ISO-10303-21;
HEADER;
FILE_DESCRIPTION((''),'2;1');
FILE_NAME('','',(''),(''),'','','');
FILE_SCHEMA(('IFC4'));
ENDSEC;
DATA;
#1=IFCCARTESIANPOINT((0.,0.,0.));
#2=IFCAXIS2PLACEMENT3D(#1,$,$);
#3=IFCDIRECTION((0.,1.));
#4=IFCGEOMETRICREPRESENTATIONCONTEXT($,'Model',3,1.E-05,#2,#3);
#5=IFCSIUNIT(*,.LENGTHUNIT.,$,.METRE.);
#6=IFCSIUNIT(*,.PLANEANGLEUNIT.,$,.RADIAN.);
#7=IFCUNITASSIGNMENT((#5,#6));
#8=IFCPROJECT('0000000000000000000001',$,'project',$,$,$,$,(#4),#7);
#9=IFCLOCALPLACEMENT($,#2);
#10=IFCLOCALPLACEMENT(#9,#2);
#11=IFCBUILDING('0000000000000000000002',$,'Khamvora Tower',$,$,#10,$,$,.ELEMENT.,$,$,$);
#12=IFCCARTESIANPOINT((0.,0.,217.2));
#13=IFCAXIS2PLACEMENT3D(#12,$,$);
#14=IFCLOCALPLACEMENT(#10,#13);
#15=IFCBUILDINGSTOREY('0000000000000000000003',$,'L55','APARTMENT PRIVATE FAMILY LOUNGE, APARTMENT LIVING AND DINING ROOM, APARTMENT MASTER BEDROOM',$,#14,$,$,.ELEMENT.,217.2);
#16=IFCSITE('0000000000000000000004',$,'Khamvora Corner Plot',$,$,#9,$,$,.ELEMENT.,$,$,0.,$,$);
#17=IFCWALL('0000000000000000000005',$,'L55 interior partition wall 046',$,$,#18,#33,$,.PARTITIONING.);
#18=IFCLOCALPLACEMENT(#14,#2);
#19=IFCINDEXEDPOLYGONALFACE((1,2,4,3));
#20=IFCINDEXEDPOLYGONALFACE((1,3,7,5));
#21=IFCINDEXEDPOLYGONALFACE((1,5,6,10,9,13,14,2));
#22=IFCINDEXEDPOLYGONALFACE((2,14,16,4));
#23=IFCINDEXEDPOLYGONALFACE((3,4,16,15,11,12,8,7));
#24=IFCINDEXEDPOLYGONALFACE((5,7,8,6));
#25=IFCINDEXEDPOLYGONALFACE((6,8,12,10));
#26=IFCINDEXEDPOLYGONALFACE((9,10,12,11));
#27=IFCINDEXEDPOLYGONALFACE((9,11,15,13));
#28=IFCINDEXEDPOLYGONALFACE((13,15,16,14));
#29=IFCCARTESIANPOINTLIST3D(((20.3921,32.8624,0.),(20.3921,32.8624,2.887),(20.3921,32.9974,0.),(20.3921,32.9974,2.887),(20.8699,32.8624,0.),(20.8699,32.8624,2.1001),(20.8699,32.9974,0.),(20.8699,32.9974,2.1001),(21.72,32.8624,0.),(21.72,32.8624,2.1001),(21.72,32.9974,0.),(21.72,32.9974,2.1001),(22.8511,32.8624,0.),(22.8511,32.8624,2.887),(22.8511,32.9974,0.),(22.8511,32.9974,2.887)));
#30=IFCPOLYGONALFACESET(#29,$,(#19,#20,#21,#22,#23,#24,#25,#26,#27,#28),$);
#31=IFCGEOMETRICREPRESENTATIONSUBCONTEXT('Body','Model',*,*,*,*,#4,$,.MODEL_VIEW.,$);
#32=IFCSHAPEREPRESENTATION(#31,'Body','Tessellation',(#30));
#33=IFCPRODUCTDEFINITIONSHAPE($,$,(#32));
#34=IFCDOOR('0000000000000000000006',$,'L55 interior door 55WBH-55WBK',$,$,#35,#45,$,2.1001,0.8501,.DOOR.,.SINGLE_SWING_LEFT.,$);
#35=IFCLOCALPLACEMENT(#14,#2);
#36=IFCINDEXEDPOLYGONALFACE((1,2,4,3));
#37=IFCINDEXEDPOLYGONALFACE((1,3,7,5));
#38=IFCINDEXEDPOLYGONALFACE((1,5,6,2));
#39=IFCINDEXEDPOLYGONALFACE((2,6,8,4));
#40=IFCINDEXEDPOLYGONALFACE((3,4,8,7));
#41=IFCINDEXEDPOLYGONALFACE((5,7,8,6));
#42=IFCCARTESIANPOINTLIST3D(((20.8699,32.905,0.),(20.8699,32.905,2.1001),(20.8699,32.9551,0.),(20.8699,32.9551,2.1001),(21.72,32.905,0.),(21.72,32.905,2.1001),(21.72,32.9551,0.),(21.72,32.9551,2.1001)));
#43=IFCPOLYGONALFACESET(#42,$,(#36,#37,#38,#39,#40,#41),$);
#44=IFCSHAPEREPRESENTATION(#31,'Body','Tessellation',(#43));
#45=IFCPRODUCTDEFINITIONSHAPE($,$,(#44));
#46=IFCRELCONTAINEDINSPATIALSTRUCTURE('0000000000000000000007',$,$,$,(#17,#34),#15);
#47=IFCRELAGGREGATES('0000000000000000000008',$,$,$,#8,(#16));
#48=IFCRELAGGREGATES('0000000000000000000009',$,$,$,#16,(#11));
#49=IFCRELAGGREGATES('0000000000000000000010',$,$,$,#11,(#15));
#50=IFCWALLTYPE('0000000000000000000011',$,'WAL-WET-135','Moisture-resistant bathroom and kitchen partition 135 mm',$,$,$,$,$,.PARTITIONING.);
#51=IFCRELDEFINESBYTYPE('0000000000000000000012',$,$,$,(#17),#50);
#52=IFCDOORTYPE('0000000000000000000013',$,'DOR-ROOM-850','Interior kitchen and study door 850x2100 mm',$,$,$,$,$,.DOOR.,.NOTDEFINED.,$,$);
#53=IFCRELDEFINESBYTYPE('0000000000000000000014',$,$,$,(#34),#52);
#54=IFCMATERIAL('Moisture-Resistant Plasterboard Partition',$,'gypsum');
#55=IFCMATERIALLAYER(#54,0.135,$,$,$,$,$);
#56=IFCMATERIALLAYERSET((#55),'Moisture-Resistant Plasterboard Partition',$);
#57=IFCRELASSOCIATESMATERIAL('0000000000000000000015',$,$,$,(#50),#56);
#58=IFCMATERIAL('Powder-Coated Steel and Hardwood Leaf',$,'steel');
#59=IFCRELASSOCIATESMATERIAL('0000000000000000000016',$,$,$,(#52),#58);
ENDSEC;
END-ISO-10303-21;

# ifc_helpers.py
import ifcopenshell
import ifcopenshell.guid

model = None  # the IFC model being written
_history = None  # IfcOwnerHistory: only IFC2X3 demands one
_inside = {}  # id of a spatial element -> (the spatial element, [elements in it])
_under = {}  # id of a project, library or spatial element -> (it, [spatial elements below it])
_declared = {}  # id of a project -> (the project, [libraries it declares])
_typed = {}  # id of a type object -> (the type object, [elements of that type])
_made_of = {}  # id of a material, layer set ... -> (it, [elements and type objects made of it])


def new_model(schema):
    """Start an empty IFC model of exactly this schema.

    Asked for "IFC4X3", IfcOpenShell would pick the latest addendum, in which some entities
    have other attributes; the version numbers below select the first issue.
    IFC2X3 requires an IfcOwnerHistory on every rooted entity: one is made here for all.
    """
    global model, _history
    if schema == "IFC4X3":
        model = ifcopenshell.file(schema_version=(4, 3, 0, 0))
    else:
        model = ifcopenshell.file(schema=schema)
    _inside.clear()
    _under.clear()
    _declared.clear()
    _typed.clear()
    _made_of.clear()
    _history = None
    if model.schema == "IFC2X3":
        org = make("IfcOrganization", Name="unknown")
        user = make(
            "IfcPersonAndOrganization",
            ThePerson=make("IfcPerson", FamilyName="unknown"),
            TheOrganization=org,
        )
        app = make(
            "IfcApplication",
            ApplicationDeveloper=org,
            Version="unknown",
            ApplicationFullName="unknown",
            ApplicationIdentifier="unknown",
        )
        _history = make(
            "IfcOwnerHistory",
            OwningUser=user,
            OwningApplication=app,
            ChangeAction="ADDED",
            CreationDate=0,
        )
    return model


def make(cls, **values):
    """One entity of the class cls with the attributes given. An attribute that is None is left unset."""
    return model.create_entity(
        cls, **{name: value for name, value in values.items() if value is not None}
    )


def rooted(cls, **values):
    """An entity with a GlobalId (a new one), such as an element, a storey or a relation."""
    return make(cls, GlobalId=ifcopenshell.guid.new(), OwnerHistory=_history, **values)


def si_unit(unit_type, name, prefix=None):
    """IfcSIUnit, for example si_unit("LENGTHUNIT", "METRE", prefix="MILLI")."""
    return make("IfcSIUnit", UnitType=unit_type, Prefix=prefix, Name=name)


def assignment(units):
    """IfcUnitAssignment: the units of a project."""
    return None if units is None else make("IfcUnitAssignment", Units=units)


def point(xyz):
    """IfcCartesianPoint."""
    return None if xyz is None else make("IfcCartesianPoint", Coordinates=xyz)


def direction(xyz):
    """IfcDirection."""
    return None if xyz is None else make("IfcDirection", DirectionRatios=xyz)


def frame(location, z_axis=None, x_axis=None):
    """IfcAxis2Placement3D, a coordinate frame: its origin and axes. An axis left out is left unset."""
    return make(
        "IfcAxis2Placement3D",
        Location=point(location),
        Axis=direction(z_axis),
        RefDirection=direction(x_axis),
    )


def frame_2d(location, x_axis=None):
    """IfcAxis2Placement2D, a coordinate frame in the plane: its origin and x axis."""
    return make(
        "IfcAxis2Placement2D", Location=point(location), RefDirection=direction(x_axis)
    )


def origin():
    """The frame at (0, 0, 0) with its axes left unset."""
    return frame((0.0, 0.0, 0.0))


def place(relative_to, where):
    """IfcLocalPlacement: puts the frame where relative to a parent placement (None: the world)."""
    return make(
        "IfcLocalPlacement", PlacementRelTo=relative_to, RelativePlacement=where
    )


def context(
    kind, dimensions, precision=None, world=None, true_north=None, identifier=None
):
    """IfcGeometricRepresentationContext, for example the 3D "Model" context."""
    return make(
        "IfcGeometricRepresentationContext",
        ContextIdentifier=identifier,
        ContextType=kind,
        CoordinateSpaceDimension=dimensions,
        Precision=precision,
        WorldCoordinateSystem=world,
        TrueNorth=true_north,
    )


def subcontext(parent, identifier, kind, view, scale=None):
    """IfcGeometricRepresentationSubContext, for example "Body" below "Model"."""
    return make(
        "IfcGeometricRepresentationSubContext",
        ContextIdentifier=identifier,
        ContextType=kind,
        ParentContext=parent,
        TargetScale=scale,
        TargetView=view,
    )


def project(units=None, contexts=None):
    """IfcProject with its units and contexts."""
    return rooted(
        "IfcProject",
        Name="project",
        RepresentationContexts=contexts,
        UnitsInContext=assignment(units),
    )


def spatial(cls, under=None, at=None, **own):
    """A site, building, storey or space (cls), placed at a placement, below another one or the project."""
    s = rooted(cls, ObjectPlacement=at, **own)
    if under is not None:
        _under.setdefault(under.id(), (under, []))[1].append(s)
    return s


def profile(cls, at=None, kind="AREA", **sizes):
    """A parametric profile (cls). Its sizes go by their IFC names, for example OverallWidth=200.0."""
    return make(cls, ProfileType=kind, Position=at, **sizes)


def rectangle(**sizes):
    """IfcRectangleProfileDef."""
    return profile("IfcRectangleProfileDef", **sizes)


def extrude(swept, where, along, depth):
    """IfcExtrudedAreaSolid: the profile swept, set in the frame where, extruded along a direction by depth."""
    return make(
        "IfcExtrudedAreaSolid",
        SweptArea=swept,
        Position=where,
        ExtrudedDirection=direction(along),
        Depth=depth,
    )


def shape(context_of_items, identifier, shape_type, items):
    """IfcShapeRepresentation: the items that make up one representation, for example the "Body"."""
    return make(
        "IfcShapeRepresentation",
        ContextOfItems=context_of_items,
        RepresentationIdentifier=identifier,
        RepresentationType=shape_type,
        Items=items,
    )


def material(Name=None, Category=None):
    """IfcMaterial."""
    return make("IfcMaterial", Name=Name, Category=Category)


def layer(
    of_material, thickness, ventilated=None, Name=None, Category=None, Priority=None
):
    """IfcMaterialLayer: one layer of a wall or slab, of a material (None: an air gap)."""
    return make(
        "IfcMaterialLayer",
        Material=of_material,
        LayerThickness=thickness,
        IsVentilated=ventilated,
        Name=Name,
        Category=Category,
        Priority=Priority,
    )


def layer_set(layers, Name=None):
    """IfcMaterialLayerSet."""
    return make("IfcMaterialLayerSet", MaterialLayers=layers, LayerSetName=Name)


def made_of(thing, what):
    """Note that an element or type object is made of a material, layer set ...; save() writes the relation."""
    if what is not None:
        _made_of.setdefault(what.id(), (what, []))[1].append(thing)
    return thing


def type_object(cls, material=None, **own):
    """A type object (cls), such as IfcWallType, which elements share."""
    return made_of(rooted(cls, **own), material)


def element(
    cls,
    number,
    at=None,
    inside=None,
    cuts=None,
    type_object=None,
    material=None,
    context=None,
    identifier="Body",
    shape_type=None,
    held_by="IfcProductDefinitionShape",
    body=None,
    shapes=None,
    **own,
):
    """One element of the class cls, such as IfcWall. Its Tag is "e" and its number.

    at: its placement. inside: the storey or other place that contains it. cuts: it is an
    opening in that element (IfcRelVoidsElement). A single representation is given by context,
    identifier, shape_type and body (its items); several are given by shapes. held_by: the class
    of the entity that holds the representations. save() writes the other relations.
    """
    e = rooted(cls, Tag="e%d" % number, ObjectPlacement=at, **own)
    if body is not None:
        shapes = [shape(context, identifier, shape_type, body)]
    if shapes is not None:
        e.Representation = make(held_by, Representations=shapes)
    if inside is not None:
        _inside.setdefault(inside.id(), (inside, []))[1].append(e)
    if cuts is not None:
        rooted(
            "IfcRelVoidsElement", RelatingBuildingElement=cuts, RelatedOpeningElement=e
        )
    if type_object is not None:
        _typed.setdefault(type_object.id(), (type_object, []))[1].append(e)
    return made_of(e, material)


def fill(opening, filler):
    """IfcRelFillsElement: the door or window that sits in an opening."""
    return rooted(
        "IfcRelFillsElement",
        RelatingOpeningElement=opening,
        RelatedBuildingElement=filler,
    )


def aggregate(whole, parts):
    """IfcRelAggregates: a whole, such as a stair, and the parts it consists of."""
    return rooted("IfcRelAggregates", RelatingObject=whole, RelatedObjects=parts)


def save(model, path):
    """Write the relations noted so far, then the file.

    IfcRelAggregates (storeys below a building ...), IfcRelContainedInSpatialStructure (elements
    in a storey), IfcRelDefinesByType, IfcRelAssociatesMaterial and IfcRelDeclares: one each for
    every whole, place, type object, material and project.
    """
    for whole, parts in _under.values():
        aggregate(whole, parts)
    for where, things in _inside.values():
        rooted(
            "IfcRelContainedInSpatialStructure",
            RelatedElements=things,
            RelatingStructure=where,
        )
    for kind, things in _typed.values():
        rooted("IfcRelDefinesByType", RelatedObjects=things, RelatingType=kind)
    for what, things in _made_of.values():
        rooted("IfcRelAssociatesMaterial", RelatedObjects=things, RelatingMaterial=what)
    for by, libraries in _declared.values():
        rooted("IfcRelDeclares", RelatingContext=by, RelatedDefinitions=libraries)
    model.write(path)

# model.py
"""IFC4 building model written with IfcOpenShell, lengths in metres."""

from ifc_helpers import new_model, si_unit, direction, frame, frame_2d, origin, place, context, subcontext, project, spatial, rectangle, extrude, material, layer, layer_set, type_object, element, fill, save


model = new_model("IFC4")

# Units and contexts
model_context = context("Model", 3, precision=1e-05, world=origin(), true_north=direction((0.0, 1.0)))
body_context = subcontext(model_context, "Body", "Model", "MODEL_VIEW")
ifc_project = project(units=[si_unit("LENGTHUNIT", "METRE"), si_unit("PLANEANGLEUNIT", "RADIAN")], contexts=[model_context])

# Site, building, storey
site_placement = place(None, origin())
site = spatial("IfcSite", under=ifc_project, at=site_placement, Name="Khamvora Corner Plot", CompositionType="ELEMENT", RefElevation=0.0)
building_placement = place(site_placement, origin())
building = spatial("IfcBuilding", under=site, at=building_placement, Name="Khamvora Tower", CompositionType="ELEMENT")
storey_placement = place(building_placement, frame((0.0, 0.0, 217.2)))
storey = spatial("IfcBuildingStorey", under=building, at=storey_placement, Name="L55", Description="APARTMENT PRIVATE FAMILY LOUNGE, APARTMENT LIVING AND DINING ROOM, APARTMENT MASTER BEDROOM", CompositionType="ELEMENT", Elevation=217.2)

# Shared definitions
ifc_material_1 = material(Name="Powder-Coated Steel and Hardwood Leaf", Category="steel")

# Shared definitions
ifc_material_2 = material(Name="Moisture-Resistant Plasterboard Partition", Category="gypsum")
ifc_layer_1 = layer(ifc_material_2, 0.135)
ifc_layer_set_1 = layer_set([ifc_layer_1], Name="Moisture-Resistant Plasterboard Partition")
wall_type_1 = type_object("IfcWallType", Name="WAL-WET-135", Description="Moisture-resistant bathroom and kitchen partition 135 mm", PredefinedType="PARTITIONING", material=ifc_layer_set_1)

# Wall, opening, door
wall_1_placement = place(storey_placement, frame((22.8511, 32.9299, 0.0), z_axis=(0.0, 0.0, 1.0), x_axis=(-1.0, 0.0, 0.0)))
wall_1 = element("IfcWall", 1, at=wall_1_placement, inside=storey, type_object=wall_type_1, Name="L55 interior partition wall 046", PredefinedType="PARTITIONING", context=body_context, shape_type="SweptSolid", body=[
    extrude(rectangle(XDim=2.459, YDim=0.135, at=frame_2d((1.2295, 0.0))), origin(), (0.0, 0.0, 1.0), 2.887),
])
opening_1_placement = place(wall_1_placement, frame((1.1311, 0.0, 0.0)))
opening_1 = element("IfcOpeningElement", 2, at=opening_1_placement, cuts=wall_1, PredefinedType="OPENING", context=body_context, shape_type="SweptSolid", body=[
    extrude(rectangle(XDim=0.8501, YDim=2.1001, at=frame_2d((0.425, 1.05))), frame((0.0, 0.0774, 0.0), z_axis=(0.0, -1.0, 0.0), x_axis=(1.0, 0.0, 0.0)), (0.0, 0.0, 1.0), 0.155),
])
door_type_1 = type_object("IfcDoorType", Name="DOR-ROOM-850", Description="Interior kitchen and study door 850x2100 mm", OperationType="NOTDEFINED", PredefinedType="DOOR", material=ifc_material_1)
door_1_placement = place(opening_1_placement, origin())
door_1 = element("IfcDoor", 3, at=door_1_placement, inside=storey, type_object=door_type_1, Name="L55 interior door 55WBH-55WBK", OperationType="SINGLE_SWING_LEFT", OverallHeight=2.1001, OverallWidth=0.8501, PredefinedType="DOOR", context=body_context, shape_type="SweptSolid", body=[
    extrude(rectangle(XDim=0.8501, YDim=2.1001, at=frame_2d((0.425, 1.05))), frame((0.0, 0.0249, 0.0), z_axis=(0.0, -1.0, 0.0), x_axis=(1.0, 0.0, 0.0)), (0.0, 0.0, 1.0), 0.05),
])
fill(opening_1, door_1)

save(model, "model.ifc")
